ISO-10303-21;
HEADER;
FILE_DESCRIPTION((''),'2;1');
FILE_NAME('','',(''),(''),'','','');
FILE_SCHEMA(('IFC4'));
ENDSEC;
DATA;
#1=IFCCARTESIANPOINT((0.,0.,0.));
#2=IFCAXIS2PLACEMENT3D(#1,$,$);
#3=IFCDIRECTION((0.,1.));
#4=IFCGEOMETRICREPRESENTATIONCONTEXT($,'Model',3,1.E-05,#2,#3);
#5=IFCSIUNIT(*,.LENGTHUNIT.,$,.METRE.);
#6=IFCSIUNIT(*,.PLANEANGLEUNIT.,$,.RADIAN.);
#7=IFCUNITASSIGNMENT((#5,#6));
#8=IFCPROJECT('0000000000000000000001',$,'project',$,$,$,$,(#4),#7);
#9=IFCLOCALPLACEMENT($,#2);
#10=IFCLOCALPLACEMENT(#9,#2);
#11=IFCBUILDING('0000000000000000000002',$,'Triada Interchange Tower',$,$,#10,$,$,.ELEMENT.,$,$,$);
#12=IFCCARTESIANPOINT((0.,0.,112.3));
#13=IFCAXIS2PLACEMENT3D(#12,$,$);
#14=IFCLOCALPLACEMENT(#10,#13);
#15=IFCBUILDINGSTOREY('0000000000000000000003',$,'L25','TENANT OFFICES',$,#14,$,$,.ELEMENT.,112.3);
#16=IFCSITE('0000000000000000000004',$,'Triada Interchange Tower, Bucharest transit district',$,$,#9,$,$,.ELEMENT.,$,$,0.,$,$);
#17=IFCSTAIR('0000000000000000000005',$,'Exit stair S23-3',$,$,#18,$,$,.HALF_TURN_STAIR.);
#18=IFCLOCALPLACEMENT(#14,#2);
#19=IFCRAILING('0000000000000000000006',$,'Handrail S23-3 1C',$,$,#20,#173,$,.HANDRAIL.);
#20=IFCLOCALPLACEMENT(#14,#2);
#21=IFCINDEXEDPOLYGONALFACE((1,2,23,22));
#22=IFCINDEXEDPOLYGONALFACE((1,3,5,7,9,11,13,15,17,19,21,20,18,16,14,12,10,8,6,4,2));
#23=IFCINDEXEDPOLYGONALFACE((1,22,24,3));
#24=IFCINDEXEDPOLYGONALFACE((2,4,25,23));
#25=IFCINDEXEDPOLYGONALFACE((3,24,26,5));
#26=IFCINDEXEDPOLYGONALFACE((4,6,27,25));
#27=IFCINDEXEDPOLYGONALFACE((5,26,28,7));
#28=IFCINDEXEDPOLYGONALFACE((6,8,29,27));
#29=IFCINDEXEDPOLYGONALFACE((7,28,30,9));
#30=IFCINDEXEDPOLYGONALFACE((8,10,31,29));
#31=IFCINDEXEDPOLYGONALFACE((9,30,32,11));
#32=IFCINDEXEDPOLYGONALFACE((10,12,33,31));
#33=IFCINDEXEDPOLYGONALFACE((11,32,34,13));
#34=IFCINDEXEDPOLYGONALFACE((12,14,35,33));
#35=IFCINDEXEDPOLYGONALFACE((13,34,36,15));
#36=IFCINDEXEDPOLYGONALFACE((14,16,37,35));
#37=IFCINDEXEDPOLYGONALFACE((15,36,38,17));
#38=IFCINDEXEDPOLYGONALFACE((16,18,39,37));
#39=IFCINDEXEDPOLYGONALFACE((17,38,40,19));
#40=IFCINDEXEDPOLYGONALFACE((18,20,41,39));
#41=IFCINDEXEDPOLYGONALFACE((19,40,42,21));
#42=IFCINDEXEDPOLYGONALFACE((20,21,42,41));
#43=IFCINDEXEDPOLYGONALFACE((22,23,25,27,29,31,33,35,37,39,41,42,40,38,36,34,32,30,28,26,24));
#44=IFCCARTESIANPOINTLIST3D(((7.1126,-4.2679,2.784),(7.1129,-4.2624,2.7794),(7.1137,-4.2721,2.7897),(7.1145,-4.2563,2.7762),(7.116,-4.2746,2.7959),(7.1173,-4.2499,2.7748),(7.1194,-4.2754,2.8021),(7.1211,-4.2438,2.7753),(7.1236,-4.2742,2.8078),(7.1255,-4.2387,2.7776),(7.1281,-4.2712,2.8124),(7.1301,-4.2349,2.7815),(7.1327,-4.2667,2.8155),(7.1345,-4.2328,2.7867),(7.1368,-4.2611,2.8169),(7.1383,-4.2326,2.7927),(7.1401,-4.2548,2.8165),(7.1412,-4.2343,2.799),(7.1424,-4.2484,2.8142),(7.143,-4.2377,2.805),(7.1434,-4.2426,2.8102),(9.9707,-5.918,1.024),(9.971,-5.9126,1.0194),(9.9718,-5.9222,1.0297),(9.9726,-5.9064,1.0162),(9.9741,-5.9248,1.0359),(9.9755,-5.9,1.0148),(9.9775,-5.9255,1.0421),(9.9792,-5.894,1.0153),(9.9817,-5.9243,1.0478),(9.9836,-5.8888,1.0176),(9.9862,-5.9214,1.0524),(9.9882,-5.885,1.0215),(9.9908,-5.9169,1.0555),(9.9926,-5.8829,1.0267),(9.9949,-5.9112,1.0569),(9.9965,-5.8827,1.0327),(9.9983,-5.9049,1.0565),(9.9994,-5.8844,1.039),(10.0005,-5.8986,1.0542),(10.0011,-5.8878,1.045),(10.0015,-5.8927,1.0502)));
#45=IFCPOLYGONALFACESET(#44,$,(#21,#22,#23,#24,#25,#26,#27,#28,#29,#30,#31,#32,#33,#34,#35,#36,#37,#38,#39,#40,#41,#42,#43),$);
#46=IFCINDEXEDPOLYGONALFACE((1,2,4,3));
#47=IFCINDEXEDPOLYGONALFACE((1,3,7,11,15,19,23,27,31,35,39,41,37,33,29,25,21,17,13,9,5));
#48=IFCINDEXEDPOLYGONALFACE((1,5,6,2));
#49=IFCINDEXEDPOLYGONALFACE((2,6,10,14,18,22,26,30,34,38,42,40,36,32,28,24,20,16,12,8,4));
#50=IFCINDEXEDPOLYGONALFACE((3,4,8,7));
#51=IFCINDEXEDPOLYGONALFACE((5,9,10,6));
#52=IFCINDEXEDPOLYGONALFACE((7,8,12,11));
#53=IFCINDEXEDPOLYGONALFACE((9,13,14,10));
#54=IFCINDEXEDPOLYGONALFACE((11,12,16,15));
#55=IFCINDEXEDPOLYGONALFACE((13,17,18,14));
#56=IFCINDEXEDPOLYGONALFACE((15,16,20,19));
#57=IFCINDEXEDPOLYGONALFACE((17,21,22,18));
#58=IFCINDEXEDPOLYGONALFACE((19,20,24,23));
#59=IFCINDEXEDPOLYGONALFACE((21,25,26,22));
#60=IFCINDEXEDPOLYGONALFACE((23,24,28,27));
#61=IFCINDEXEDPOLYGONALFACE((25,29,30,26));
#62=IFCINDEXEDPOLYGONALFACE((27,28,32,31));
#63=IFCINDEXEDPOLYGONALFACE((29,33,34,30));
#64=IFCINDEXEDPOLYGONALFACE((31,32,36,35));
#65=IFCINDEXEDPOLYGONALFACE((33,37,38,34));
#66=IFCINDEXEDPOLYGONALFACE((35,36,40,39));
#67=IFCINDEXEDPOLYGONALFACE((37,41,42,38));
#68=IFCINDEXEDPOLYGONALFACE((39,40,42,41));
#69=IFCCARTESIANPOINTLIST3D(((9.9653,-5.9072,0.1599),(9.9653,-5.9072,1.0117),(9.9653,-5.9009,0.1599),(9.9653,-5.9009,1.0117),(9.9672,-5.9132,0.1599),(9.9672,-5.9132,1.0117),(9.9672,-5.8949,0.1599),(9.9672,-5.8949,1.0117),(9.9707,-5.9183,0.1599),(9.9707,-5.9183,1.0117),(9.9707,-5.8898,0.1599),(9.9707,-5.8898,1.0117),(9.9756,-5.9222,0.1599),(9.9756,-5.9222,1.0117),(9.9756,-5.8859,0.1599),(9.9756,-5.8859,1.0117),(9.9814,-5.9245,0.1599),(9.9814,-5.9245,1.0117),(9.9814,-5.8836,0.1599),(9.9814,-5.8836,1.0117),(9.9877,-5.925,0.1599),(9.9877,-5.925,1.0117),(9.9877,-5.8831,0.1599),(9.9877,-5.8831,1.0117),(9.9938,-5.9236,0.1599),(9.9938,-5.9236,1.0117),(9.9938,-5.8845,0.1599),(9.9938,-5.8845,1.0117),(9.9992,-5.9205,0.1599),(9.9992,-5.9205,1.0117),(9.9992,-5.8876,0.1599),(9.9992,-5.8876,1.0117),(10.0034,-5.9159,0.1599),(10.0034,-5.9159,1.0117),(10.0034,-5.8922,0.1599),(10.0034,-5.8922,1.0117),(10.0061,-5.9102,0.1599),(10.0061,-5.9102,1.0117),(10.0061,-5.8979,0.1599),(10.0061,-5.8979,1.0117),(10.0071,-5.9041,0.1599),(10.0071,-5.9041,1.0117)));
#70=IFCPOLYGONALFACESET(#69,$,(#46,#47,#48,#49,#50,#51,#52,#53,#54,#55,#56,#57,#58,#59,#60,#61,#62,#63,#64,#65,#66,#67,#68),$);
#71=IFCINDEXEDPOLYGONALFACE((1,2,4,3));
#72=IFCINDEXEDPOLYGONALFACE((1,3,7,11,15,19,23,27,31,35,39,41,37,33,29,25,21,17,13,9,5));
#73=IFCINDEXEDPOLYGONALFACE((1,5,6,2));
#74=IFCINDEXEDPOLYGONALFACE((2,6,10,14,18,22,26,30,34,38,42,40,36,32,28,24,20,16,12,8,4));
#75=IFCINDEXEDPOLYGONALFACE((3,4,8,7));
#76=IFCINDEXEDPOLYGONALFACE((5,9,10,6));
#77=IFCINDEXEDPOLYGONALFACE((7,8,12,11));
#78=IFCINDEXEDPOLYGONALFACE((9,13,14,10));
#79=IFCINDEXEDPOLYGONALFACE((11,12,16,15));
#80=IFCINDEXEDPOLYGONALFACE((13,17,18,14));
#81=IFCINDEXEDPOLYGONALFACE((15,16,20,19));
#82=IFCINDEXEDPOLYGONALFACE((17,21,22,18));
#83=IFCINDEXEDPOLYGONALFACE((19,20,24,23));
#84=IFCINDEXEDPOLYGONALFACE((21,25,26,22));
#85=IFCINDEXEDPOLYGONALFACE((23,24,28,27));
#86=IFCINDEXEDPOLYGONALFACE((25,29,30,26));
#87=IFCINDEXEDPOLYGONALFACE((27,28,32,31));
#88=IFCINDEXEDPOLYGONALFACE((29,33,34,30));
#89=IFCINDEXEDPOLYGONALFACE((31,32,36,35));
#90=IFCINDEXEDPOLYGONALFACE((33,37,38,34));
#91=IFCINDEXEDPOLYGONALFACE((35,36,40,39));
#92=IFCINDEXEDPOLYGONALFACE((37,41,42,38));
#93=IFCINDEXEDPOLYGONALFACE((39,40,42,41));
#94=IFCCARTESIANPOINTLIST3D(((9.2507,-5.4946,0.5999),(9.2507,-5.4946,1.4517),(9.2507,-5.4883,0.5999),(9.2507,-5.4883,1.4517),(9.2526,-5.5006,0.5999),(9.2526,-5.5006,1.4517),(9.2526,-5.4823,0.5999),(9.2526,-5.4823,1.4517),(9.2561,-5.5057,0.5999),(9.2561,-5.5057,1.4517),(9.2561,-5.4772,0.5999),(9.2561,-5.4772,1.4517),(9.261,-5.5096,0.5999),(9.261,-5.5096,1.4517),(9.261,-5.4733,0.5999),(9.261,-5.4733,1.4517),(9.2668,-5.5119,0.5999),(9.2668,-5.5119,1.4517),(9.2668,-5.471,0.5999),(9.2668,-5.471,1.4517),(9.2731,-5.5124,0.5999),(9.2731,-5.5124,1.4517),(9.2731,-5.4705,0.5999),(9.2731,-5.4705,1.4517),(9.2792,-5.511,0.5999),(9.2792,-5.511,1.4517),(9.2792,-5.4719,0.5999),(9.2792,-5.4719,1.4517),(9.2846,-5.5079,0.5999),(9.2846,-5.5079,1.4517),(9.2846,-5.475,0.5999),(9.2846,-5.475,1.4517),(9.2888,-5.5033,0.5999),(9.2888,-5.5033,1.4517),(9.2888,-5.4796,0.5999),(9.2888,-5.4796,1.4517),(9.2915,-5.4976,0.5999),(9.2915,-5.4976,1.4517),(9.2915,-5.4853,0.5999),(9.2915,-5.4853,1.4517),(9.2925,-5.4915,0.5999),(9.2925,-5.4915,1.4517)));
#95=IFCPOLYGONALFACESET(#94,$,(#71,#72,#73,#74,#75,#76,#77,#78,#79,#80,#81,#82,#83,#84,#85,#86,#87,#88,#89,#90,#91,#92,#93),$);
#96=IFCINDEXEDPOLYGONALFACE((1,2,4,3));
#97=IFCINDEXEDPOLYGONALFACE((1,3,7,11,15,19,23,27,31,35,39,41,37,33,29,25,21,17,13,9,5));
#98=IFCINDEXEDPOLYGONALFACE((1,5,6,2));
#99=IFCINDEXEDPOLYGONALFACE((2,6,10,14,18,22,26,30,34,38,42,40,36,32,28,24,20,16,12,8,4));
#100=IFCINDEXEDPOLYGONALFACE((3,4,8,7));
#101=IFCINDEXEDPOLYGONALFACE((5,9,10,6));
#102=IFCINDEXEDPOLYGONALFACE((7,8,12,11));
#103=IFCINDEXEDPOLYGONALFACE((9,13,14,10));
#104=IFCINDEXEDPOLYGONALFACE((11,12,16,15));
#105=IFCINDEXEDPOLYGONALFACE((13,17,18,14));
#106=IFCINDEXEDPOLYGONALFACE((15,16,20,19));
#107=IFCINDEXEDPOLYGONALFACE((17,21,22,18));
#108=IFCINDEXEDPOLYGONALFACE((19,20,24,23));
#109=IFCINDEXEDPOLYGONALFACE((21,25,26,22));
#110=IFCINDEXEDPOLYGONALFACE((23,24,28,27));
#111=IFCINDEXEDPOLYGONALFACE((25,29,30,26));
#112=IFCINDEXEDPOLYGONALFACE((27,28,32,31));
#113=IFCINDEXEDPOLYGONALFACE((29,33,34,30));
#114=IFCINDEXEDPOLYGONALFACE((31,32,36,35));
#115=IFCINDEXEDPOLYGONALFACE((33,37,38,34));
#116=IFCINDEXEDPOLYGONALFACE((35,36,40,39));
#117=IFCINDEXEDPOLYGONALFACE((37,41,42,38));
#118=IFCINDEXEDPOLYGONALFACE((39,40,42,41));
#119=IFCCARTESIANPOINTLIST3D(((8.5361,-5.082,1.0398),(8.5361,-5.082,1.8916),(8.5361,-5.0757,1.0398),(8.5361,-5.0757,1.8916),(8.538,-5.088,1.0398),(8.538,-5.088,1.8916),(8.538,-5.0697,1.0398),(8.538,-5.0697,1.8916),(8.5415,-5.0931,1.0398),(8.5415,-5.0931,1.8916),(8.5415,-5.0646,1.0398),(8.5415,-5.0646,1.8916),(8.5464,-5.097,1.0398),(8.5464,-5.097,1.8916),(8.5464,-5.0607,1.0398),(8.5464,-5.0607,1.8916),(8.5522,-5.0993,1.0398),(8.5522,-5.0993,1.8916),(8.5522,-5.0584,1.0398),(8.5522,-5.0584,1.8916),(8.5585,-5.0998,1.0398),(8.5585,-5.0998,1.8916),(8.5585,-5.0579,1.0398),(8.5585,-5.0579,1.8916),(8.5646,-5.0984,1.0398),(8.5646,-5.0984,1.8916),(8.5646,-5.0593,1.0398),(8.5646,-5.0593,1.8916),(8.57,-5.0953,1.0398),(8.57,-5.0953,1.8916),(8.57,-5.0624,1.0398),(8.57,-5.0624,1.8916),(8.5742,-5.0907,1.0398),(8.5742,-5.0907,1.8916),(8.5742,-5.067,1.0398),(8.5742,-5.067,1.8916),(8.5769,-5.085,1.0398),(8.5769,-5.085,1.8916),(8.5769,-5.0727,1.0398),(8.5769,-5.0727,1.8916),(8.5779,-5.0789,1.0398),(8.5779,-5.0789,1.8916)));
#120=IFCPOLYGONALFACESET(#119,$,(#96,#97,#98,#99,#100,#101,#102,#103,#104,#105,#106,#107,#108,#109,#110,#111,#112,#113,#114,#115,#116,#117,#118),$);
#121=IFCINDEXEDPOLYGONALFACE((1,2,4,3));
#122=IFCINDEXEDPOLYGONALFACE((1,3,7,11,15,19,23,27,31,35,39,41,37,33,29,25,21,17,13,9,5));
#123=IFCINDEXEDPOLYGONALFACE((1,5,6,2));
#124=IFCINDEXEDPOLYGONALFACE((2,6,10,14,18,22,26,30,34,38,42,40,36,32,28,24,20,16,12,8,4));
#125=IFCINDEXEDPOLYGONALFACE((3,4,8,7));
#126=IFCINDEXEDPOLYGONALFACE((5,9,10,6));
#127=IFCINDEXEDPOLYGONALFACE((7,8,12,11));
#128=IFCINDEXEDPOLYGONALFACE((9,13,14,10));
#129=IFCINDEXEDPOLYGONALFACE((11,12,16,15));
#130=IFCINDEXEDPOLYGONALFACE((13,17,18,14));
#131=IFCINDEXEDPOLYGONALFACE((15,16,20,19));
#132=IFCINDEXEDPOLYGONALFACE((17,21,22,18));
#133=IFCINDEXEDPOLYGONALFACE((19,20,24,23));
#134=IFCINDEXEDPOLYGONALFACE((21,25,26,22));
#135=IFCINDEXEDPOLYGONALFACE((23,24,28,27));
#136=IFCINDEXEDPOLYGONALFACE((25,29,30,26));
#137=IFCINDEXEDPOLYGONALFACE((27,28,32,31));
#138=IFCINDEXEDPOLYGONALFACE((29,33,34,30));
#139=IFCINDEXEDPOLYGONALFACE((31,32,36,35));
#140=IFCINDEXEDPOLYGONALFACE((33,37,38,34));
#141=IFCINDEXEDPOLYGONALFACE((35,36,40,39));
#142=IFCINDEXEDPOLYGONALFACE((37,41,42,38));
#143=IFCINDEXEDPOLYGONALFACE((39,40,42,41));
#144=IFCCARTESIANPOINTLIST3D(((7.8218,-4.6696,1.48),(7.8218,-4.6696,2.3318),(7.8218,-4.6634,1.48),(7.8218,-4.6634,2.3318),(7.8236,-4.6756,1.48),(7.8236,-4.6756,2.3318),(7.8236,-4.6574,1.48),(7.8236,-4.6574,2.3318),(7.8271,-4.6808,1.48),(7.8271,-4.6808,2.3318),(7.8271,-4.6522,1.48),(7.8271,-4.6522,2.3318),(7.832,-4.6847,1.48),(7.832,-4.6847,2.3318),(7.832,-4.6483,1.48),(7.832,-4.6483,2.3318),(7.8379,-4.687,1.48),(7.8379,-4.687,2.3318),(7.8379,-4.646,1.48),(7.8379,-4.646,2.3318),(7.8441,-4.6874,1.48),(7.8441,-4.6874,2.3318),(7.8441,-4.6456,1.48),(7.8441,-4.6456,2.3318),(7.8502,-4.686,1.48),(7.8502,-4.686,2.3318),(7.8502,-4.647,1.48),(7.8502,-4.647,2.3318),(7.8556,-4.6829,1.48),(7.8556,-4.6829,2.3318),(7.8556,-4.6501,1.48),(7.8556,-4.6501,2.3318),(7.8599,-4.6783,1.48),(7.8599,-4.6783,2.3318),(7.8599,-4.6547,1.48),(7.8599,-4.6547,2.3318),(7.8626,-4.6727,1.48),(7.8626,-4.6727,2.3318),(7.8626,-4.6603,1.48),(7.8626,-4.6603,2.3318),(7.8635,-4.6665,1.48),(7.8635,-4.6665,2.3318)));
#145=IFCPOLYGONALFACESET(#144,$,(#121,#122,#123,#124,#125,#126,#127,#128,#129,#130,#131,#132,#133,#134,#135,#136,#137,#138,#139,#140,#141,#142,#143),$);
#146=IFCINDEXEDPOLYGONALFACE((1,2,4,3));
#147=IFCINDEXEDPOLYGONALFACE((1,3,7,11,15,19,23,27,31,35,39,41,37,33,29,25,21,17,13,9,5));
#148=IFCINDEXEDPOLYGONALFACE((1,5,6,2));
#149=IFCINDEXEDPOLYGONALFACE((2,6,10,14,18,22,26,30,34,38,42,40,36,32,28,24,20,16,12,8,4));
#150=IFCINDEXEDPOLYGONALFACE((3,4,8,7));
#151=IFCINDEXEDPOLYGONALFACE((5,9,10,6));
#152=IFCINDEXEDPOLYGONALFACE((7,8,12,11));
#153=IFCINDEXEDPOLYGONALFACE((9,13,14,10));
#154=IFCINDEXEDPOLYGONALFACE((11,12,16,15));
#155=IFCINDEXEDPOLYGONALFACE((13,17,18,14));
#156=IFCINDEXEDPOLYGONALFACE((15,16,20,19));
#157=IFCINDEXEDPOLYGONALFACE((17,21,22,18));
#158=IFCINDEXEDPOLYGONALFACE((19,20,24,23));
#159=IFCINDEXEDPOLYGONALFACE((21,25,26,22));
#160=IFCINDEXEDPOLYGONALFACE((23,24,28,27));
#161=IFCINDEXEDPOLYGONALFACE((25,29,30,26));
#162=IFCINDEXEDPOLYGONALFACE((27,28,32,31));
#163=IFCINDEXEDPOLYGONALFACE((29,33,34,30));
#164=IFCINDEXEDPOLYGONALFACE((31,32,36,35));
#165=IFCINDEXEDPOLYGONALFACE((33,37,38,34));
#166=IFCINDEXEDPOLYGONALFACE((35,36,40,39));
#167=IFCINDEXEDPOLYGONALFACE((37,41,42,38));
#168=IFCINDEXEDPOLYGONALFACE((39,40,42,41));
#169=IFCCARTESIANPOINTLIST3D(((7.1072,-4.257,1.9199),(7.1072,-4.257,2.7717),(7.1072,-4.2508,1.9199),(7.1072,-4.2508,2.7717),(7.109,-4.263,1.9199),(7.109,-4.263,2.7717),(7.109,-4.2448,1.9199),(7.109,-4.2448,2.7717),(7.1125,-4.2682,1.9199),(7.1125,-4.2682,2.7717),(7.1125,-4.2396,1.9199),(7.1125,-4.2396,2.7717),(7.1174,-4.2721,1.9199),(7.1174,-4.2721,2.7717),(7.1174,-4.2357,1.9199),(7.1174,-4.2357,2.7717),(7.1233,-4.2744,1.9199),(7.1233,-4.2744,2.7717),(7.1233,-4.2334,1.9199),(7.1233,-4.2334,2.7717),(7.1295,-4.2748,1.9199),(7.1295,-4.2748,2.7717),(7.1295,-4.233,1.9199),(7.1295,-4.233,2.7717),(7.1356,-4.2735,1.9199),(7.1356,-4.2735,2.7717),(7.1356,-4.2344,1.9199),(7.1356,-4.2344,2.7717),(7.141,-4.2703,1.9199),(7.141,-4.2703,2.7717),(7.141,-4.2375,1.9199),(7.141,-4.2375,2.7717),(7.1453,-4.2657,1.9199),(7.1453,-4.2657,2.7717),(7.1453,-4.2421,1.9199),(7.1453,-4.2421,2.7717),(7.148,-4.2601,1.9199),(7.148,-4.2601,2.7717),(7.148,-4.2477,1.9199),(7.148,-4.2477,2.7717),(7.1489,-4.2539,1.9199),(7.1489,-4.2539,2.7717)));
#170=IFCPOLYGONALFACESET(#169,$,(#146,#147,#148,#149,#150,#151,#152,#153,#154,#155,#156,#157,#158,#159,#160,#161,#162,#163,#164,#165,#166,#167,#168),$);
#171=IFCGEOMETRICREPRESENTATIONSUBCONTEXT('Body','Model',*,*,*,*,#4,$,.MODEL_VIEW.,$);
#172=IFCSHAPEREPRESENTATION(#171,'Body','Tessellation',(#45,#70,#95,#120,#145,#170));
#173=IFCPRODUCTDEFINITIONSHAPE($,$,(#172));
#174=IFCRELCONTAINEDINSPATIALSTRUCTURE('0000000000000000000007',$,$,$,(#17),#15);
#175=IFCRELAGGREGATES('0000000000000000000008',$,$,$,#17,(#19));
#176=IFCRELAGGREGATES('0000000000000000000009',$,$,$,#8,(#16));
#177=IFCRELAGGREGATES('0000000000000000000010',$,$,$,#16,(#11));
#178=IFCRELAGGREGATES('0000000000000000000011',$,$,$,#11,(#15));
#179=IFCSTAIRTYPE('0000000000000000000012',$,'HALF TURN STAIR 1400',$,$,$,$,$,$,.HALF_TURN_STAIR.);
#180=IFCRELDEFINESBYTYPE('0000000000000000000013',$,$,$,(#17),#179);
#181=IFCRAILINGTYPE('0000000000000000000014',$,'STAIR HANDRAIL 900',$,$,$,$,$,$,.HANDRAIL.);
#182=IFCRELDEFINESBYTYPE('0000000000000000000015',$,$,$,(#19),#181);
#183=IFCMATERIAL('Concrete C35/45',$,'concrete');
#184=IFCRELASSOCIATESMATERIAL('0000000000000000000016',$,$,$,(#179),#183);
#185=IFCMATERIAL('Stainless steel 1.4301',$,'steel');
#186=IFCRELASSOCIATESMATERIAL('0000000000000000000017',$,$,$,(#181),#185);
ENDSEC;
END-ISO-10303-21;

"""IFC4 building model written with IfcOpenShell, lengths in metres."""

from ifc_helpers import new_model, si_unit, direction, frame, origin, origin_2d, place, context, subcontext, project, spatial, circle, extrude, material, type_object, element, aggregate, save


model = new_model("IFC4")

# Units and contexts
model_context = context("Model", 3, precision=1e-05, world=origin(), true_north=direction((0.0, 1.0)))
body_context = subcontext(model_context, "Body", "Model", "MODEL_VIEW")
ifc_project = project(units=[si_unit("LENGTHUNIT", "METRE"), si_unit("PLANEANGLEUNIT", "RADIAN")], contexts=[model_context])

# Site, building, storey
site_placement = place(None, origin())
site = spatial("IfcSite", under=ifc_project, at=site_placement, Name="Triada Interchange Tower, Bucharest transit district", CompositionType="ELEMENT", RefElevation=0.0)
building_placement = place(site_placement, origin())
building = spatial("IfcBuilding", under=site, at=building_placement, Name="Triada Interchange Tower", CompositionType="ELEMENT")
storey_placement = place(building_placement, frame((0.0, 0.0, 112.3)))
storey = spatial("IfcBuildingStorey", under=building, at=storey_placement, Name="L25", Description="TENANT OFFICES", CompositionType="ELEMENT", Elevation=112.3)

# Stair, railing
ifc_material_1 = material(Name="Concrete C35/45", Category="concrete")
stair_type = type_object("IfcStairType", Name="HALF TURN STAIR 1400", PredefinedType="HALF_TURN_STAIR", material=ifc_material_1)
stair_placement = place(storey_placement, origin())
stair = element("IfcStair", 1, at=stair_placement, inside=storey, type_object=stair_type, Name="Exit stair S23-3", PredefinedType="HALF_TURN_STAIR")
ifc_material_2 = material(Name="Stainless steel 1.4301", Category="steel")
railing_type = type_object("IfcRailingType", Name="STAIR HANDRAIL 900", PredefinedType="HANDRAIL", material=ifc_material_2)
railing_1_placement = place(storey_placement, frame((9.9861, -5.9041, 0.1599)))
railing_1 = element("IfcRailing", 2, at=railing_1_placement, type_object=railing_type, Name="Handrail S23-3 1C", PredefinedType="HANDRAIL", context=body_context, shape_type="SweptSolid", body=[
    extrude(circle(Radius=0.0239, at=origin_2d()), frame((0.0, 0.0, 0.876), z_axis=(-0.764156, 0.441183, 0.470556), x_axis=(-0.499998, -0.866027, 0.0)), (0.0, 0.0, 1.0), 3.7402),
    extrude(circle(Radius=0.021, at=origin_2d()), origin(), (0.0, 0.0, 1.0), 0.8518),
    extrude(circle(Radius=0.021, at=origin_2d()), frame((-0.7146, 0.4126, 0.4399)), (0.0, 0.0, 1.0), 0.8518),
    extrude(circle(Radius=0.021, at=origin_2d()), frame((-1.4292, 0.8252, 0.8799)), (0.0, 0.0, 1.0), 0.8518),
    extrude(circle(Radius=0.021, at=origin_2d()), frame((-2.1436, 1.2375, 1.3201)), (0.0, 0.0, 1.0), 0.8518),
    extrude(circle(Radius=0.021, at=origin_2d()), frame((-2.8582, 1.6501, 1.76)), (0.0, 0.0, 1.0), 0.8518),
])
aggregate(stair, [railing_1])

save(model, "model.ifc")
